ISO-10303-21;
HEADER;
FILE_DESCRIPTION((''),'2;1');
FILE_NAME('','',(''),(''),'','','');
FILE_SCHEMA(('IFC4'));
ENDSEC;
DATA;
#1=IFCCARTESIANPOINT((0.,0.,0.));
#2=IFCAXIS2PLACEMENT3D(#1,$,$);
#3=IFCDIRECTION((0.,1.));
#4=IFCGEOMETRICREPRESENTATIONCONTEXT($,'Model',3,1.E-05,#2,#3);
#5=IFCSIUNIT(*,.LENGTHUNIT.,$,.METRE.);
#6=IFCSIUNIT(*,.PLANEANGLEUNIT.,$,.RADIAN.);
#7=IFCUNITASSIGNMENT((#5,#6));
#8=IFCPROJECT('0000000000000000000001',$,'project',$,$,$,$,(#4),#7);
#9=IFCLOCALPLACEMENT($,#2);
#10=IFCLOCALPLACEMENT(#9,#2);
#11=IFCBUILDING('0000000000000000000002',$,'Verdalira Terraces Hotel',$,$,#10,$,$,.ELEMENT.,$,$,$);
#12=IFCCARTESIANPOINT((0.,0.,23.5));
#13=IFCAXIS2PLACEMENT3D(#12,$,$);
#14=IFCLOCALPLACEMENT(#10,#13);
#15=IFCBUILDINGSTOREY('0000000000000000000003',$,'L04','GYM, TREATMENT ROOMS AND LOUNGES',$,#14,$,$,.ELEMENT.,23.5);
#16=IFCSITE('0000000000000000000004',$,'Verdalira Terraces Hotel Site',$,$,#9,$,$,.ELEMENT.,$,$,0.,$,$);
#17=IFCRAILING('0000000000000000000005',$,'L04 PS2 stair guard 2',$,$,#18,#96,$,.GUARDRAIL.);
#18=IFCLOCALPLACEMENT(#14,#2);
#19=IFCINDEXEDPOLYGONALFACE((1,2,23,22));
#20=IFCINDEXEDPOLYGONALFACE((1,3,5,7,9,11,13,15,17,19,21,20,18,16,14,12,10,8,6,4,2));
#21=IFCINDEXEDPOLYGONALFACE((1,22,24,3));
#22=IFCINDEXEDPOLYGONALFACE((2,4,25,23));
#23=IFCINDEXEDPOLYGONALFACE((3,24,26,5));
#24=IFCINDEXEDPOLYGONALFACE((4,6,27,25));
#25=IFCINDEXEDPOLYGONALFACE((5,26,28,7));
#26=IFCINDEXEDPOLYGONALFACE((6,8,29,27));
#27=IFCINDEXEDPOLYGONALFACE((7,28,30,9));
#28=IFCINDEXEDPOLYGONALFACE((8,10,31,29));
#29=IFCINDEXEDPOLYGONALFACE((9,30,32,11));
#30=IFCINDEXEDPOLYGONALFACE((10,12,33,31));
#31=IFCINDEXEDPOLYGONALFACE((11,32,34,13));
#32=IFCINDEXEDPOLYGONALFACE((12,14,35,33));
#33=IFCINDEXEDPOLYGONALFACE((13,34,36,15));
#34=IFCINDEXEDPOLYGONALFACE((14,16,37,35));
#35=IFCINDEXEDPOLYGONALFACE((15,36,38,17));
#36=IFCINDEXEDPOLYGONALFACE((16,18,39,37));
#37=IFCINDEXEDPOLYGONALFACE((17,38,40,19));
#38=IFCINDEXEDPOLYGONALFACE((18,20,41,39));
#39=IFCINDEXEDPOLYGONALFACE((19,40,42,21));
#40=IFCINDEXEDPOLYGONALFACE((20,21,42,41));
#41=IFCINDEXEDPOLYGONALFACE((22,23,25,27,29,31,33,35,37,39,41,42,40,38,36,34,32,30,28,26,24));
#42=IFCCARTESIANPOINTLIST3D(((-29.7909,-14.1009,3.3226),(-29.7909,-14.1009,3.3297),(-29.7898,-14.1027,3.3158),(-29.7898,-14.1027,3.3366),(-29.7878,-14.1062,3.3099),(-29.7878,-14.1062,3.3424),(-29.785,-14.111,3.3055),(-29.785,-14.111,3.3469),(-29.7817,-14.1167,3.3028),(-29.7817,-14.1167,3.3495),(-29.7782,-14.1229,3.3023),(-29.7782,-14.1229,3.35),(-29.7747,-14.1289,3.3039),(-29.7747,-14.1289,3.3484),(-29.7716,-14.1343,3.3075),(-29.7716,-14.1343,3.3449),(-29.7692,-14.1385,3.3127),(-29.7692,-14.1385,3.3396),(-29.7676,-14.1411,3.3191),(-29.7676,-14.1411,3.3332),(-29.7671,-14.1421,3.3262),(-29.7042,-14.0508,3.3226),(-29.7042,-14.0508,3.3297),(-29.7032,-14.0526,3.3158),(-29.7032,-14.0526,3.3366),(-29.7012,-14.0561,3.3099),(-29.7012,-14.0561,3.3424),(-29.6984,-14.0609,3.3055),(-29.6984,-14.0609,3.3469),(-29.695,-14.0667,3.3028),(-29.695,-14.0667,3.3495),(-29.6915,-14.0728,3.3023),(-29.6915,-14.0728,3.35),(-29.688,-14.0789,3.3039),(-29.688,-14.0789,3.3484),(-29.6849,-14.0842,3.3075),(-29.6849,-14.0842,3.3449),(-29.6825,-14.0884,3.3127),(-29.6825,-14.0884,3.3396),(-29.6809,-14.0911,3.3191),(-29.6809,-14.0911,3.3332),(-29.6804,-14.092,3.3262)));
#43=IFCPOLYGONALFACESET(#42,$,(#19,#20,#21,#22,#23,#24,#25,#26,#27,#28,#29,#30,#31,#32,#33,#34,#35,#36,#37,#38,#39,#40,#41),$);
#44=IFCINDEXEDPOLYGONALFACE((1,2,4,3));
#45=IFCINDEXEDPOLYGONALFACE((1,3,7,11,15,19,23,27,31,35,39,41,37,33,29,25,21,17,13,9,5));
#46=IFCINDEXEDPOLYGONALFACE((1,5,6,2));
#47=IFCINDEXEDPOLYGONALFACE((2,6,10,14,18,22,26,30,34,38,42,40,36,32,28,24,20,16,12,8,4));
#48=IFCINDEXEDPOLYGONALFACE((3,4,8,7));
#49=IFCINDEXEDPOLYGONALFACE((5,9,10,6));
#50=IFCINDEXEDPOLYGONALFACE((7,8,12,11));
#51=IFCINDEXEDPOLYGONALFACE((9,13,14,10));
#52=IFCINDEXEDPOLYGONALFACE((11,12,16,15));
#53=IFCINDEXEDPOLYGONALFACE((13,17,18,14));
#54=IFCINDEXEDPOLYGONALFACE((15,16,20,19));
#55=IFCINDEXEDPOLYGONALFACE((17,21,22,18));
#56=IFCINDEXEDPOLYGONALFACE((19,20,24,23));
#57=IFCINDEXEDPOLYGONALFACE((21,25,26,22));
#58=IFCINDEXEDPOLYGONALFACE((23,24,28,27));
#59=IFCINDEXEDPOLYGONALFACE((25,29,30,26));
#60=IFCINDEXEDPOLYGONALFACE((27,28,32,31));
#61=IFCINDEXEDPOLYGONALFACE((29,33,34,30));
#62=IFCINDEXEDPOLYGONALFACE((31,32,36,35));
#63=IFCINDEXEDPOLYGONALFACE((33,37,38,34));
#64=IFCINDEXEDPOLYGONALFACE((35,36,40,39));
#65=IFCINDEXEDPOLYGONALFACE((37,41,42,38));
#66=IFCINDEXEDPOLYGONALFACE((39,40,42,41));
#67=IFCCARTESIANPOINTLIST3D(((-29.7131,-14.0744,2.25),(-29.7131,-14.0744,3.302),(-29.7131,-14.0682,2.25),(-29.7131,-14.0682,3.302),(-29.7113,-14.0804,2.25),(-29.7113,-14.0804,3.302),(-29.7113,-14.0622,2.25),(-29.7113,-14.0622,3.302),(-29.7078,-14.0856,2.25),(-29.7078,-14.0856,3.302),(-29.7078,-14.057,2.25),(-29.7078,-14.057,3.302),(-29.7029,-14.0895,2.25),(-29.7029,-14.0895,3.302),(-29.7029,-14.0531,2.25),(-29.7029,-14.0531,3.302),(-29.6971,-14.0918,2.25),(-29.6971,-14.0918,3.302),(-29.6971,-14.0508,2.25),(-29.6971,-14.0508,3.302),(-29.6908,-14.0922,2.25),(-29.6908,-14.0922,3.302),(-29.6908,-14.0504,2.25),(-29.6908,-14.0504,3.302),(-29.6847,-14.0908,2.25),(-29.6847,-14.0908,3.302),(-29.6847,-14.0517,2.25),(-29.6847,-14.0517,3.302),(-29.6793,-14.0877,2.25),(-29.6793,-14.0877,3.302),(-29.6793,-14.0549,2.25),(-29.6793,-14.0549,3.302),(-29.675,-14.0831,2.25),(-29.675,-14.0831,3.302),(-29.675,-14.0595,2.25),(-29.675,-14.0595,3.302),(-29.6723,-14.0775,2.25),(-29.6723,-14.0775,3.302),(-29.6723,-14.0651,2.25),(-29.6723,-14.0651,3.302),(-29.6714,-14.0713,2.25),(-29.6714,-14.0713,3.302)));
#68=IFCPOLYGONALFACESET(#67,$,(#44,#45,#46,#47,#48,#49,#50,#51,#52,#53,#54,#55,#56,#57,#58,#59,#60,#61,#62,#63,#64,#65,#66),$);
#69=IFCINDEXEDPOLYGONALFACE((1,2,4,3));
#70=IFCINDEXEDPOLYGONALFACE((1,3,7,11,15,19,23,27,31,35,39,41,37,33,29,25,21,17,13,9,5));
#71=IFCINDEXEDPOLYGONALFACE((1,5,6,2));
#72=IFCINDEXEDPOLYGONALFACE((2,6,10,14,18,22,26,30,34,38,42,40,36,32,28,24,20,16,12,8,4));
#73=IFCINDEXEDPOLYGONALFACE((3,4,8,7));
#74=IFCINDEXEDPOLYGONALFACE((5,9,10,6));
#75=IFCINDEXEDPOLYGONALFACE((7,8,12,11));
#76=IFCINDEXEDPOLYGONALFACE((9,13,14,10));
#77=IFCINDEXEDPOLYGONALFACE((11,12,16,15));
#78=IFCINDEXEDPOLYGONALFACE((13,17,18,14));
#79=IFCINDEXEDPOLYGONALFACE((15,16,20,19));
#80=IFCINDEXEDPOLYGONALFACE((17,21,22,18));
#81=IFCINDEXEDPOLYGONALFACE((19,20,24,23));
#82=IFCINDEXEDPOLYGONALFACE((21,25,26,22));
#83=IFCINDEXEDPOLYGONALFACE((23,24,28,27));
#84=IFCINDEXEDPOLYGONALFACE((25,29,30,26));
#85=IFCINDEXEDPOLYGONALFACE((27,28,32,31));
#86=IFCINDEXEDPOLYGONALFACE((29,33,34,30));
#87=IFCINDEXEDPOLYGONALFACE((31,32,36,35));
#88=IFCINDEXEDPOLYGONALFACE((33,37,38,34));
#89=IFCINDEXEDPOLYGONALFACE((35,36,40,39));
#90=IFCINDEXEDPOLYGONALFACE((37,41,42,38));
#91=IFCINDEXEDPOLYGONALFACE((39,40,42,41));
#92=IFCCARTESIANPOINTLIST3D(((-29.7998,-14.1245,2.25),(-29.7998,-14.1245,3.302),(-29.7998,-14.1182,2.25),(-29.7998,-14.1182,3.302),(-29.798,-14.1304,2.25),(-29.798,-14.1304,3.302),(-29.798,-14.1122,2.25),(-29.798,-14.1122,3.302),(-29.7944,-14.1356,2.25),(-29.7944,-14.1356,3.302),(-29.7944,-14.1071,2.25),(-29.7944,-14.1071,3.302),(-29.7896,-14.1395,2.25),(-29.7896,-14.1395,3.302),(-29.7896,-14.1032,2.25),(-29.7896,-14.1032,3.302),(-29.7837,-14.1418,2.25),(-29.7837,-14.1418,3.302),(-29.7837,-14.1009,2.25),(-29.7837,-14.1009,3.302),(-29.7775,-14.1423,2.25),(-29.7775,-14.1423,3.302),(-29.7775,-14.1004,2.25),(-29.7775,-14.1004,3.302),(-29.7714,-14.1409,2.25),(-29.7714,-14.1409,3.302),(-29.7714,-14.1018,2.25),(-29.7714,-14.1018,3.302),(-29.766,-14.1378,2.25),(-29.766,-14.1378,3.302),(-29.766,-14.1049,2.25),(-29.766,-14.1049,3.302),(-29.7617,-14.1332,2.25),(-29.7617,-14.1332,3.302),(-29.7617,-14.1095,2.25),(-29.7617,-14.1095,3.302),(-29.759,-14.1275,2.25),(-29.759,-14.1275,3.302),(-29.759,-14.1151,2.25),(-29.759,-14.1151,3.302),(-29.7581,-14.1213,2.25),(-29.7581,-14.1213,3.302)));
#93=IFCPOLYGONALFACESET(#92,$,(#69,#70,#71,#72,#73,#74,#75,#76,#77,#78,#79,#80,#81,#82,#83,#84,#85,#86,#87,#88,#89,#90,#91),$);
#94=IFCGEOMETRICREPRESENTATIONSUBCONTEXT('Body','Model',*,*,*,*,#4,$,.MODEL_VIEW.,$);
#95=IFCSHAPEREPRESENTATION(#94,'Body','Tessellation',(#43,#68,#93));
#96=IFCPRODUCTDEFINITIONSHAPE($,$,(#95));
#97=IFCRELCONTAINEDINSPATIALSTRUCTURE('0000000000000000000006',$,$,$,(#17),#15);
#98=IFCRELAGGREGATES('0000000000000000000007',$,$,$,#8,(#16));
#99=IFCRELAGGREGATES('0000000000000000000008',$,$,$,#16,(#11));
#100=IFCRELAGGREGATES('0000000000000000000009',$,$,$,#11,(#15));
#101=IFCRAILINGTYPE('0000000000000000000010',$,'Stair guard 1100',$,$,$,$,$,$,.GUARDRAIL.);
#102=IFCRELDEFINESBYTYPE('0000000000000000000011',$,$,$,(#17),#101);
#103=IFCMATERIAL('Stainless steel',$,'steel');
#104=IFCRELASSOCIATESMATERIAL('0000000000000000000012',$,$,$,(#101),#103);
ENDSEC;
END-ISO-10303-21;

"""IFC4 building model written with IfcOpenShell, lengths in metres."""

from ifc_helpers import new_model, si_unit, direction, frame, origin, origin_2d, place, context, subcontext, project, spatial, circle, extrude, material, type_object, element, save


model = new_model("IFC4")

# Units and contexts
model_context = context("Model", 3, precision=1e-05, world=origin(), true_north=direction((0.0, 1.0)))
body_context = subcontext(model_context, "Body", "Model", "MODEL_VIEW")
ifc_project = project(units=[si_unit("LENGTHUNIT", "METRE"), si_unit("PLANEANGLEUNIT", "RADIAN")], contexts=[model_context])

# Site, building, storey
site_placement = place(None, origin())
site = spatial("IfcSite", under=ifc_project, at=site_placement, Name="Verdalira Terraces Hotel Site", CompositionType="ELEMENT", RefElevation=0.0)
building_placement = place(site_placement, origin())
building = spatial("IfcBuilding", under=site, at=building_placement, Name="Verdalira Terraces Hotel", CompositionType="ELEMENT")
storey_placement = place(building_placement, frame((0.0, 0.0, 23.5)))
storey = spatial("IfcBuildingStorey", under=building, at=storey_placement, Name="L04", Description="GYM, TREATMENT ROOMS AND LOUNGES", CompositionType="ELEMENT", Elevation=23.5)

# Railing
ifc_material_1 = material(Name="Stainless steel", Category="steel")
railing_type_1 = type_object("IfcRailingType", Name="Stair guard 1100", PredefinedType="GUARDRAIL", material=ifc_material_1)
railing_1_placement = place(storey_placement, frame((-29.6924, -14.0713, 2.25)))
element("IfcRailing", 1, at=railing_1_placement, inside=storey, type_object=railing_type_1, Name="L04 PS2 stair guard 2", PredefinedType="GUARDRAIL", context=body_context, shape_type="SweptSolid", body=[
    extrude(circle(Radius=0.0239, at=origin_2d()), frame((0.0, 0.0, 1.0762), z_axis=(-0.865982, -0.500074, 0.0), x_axis=(0.500074, -0.865982, 0.0)), (0.0, 0.0, 1.0), 0.1001),
    extrude(circle(Radius=0.021, at=origin_2d()), origin(), (0.0, 0.0, 1.0), 1.052),
    extrude(circle(Radius=0.021, at=origin_2d()), frame((-0.0867, -0.05, 0.0)), (0.0, 0.0, 1.0), 1.052),
])

save(model, "model.ifc")
